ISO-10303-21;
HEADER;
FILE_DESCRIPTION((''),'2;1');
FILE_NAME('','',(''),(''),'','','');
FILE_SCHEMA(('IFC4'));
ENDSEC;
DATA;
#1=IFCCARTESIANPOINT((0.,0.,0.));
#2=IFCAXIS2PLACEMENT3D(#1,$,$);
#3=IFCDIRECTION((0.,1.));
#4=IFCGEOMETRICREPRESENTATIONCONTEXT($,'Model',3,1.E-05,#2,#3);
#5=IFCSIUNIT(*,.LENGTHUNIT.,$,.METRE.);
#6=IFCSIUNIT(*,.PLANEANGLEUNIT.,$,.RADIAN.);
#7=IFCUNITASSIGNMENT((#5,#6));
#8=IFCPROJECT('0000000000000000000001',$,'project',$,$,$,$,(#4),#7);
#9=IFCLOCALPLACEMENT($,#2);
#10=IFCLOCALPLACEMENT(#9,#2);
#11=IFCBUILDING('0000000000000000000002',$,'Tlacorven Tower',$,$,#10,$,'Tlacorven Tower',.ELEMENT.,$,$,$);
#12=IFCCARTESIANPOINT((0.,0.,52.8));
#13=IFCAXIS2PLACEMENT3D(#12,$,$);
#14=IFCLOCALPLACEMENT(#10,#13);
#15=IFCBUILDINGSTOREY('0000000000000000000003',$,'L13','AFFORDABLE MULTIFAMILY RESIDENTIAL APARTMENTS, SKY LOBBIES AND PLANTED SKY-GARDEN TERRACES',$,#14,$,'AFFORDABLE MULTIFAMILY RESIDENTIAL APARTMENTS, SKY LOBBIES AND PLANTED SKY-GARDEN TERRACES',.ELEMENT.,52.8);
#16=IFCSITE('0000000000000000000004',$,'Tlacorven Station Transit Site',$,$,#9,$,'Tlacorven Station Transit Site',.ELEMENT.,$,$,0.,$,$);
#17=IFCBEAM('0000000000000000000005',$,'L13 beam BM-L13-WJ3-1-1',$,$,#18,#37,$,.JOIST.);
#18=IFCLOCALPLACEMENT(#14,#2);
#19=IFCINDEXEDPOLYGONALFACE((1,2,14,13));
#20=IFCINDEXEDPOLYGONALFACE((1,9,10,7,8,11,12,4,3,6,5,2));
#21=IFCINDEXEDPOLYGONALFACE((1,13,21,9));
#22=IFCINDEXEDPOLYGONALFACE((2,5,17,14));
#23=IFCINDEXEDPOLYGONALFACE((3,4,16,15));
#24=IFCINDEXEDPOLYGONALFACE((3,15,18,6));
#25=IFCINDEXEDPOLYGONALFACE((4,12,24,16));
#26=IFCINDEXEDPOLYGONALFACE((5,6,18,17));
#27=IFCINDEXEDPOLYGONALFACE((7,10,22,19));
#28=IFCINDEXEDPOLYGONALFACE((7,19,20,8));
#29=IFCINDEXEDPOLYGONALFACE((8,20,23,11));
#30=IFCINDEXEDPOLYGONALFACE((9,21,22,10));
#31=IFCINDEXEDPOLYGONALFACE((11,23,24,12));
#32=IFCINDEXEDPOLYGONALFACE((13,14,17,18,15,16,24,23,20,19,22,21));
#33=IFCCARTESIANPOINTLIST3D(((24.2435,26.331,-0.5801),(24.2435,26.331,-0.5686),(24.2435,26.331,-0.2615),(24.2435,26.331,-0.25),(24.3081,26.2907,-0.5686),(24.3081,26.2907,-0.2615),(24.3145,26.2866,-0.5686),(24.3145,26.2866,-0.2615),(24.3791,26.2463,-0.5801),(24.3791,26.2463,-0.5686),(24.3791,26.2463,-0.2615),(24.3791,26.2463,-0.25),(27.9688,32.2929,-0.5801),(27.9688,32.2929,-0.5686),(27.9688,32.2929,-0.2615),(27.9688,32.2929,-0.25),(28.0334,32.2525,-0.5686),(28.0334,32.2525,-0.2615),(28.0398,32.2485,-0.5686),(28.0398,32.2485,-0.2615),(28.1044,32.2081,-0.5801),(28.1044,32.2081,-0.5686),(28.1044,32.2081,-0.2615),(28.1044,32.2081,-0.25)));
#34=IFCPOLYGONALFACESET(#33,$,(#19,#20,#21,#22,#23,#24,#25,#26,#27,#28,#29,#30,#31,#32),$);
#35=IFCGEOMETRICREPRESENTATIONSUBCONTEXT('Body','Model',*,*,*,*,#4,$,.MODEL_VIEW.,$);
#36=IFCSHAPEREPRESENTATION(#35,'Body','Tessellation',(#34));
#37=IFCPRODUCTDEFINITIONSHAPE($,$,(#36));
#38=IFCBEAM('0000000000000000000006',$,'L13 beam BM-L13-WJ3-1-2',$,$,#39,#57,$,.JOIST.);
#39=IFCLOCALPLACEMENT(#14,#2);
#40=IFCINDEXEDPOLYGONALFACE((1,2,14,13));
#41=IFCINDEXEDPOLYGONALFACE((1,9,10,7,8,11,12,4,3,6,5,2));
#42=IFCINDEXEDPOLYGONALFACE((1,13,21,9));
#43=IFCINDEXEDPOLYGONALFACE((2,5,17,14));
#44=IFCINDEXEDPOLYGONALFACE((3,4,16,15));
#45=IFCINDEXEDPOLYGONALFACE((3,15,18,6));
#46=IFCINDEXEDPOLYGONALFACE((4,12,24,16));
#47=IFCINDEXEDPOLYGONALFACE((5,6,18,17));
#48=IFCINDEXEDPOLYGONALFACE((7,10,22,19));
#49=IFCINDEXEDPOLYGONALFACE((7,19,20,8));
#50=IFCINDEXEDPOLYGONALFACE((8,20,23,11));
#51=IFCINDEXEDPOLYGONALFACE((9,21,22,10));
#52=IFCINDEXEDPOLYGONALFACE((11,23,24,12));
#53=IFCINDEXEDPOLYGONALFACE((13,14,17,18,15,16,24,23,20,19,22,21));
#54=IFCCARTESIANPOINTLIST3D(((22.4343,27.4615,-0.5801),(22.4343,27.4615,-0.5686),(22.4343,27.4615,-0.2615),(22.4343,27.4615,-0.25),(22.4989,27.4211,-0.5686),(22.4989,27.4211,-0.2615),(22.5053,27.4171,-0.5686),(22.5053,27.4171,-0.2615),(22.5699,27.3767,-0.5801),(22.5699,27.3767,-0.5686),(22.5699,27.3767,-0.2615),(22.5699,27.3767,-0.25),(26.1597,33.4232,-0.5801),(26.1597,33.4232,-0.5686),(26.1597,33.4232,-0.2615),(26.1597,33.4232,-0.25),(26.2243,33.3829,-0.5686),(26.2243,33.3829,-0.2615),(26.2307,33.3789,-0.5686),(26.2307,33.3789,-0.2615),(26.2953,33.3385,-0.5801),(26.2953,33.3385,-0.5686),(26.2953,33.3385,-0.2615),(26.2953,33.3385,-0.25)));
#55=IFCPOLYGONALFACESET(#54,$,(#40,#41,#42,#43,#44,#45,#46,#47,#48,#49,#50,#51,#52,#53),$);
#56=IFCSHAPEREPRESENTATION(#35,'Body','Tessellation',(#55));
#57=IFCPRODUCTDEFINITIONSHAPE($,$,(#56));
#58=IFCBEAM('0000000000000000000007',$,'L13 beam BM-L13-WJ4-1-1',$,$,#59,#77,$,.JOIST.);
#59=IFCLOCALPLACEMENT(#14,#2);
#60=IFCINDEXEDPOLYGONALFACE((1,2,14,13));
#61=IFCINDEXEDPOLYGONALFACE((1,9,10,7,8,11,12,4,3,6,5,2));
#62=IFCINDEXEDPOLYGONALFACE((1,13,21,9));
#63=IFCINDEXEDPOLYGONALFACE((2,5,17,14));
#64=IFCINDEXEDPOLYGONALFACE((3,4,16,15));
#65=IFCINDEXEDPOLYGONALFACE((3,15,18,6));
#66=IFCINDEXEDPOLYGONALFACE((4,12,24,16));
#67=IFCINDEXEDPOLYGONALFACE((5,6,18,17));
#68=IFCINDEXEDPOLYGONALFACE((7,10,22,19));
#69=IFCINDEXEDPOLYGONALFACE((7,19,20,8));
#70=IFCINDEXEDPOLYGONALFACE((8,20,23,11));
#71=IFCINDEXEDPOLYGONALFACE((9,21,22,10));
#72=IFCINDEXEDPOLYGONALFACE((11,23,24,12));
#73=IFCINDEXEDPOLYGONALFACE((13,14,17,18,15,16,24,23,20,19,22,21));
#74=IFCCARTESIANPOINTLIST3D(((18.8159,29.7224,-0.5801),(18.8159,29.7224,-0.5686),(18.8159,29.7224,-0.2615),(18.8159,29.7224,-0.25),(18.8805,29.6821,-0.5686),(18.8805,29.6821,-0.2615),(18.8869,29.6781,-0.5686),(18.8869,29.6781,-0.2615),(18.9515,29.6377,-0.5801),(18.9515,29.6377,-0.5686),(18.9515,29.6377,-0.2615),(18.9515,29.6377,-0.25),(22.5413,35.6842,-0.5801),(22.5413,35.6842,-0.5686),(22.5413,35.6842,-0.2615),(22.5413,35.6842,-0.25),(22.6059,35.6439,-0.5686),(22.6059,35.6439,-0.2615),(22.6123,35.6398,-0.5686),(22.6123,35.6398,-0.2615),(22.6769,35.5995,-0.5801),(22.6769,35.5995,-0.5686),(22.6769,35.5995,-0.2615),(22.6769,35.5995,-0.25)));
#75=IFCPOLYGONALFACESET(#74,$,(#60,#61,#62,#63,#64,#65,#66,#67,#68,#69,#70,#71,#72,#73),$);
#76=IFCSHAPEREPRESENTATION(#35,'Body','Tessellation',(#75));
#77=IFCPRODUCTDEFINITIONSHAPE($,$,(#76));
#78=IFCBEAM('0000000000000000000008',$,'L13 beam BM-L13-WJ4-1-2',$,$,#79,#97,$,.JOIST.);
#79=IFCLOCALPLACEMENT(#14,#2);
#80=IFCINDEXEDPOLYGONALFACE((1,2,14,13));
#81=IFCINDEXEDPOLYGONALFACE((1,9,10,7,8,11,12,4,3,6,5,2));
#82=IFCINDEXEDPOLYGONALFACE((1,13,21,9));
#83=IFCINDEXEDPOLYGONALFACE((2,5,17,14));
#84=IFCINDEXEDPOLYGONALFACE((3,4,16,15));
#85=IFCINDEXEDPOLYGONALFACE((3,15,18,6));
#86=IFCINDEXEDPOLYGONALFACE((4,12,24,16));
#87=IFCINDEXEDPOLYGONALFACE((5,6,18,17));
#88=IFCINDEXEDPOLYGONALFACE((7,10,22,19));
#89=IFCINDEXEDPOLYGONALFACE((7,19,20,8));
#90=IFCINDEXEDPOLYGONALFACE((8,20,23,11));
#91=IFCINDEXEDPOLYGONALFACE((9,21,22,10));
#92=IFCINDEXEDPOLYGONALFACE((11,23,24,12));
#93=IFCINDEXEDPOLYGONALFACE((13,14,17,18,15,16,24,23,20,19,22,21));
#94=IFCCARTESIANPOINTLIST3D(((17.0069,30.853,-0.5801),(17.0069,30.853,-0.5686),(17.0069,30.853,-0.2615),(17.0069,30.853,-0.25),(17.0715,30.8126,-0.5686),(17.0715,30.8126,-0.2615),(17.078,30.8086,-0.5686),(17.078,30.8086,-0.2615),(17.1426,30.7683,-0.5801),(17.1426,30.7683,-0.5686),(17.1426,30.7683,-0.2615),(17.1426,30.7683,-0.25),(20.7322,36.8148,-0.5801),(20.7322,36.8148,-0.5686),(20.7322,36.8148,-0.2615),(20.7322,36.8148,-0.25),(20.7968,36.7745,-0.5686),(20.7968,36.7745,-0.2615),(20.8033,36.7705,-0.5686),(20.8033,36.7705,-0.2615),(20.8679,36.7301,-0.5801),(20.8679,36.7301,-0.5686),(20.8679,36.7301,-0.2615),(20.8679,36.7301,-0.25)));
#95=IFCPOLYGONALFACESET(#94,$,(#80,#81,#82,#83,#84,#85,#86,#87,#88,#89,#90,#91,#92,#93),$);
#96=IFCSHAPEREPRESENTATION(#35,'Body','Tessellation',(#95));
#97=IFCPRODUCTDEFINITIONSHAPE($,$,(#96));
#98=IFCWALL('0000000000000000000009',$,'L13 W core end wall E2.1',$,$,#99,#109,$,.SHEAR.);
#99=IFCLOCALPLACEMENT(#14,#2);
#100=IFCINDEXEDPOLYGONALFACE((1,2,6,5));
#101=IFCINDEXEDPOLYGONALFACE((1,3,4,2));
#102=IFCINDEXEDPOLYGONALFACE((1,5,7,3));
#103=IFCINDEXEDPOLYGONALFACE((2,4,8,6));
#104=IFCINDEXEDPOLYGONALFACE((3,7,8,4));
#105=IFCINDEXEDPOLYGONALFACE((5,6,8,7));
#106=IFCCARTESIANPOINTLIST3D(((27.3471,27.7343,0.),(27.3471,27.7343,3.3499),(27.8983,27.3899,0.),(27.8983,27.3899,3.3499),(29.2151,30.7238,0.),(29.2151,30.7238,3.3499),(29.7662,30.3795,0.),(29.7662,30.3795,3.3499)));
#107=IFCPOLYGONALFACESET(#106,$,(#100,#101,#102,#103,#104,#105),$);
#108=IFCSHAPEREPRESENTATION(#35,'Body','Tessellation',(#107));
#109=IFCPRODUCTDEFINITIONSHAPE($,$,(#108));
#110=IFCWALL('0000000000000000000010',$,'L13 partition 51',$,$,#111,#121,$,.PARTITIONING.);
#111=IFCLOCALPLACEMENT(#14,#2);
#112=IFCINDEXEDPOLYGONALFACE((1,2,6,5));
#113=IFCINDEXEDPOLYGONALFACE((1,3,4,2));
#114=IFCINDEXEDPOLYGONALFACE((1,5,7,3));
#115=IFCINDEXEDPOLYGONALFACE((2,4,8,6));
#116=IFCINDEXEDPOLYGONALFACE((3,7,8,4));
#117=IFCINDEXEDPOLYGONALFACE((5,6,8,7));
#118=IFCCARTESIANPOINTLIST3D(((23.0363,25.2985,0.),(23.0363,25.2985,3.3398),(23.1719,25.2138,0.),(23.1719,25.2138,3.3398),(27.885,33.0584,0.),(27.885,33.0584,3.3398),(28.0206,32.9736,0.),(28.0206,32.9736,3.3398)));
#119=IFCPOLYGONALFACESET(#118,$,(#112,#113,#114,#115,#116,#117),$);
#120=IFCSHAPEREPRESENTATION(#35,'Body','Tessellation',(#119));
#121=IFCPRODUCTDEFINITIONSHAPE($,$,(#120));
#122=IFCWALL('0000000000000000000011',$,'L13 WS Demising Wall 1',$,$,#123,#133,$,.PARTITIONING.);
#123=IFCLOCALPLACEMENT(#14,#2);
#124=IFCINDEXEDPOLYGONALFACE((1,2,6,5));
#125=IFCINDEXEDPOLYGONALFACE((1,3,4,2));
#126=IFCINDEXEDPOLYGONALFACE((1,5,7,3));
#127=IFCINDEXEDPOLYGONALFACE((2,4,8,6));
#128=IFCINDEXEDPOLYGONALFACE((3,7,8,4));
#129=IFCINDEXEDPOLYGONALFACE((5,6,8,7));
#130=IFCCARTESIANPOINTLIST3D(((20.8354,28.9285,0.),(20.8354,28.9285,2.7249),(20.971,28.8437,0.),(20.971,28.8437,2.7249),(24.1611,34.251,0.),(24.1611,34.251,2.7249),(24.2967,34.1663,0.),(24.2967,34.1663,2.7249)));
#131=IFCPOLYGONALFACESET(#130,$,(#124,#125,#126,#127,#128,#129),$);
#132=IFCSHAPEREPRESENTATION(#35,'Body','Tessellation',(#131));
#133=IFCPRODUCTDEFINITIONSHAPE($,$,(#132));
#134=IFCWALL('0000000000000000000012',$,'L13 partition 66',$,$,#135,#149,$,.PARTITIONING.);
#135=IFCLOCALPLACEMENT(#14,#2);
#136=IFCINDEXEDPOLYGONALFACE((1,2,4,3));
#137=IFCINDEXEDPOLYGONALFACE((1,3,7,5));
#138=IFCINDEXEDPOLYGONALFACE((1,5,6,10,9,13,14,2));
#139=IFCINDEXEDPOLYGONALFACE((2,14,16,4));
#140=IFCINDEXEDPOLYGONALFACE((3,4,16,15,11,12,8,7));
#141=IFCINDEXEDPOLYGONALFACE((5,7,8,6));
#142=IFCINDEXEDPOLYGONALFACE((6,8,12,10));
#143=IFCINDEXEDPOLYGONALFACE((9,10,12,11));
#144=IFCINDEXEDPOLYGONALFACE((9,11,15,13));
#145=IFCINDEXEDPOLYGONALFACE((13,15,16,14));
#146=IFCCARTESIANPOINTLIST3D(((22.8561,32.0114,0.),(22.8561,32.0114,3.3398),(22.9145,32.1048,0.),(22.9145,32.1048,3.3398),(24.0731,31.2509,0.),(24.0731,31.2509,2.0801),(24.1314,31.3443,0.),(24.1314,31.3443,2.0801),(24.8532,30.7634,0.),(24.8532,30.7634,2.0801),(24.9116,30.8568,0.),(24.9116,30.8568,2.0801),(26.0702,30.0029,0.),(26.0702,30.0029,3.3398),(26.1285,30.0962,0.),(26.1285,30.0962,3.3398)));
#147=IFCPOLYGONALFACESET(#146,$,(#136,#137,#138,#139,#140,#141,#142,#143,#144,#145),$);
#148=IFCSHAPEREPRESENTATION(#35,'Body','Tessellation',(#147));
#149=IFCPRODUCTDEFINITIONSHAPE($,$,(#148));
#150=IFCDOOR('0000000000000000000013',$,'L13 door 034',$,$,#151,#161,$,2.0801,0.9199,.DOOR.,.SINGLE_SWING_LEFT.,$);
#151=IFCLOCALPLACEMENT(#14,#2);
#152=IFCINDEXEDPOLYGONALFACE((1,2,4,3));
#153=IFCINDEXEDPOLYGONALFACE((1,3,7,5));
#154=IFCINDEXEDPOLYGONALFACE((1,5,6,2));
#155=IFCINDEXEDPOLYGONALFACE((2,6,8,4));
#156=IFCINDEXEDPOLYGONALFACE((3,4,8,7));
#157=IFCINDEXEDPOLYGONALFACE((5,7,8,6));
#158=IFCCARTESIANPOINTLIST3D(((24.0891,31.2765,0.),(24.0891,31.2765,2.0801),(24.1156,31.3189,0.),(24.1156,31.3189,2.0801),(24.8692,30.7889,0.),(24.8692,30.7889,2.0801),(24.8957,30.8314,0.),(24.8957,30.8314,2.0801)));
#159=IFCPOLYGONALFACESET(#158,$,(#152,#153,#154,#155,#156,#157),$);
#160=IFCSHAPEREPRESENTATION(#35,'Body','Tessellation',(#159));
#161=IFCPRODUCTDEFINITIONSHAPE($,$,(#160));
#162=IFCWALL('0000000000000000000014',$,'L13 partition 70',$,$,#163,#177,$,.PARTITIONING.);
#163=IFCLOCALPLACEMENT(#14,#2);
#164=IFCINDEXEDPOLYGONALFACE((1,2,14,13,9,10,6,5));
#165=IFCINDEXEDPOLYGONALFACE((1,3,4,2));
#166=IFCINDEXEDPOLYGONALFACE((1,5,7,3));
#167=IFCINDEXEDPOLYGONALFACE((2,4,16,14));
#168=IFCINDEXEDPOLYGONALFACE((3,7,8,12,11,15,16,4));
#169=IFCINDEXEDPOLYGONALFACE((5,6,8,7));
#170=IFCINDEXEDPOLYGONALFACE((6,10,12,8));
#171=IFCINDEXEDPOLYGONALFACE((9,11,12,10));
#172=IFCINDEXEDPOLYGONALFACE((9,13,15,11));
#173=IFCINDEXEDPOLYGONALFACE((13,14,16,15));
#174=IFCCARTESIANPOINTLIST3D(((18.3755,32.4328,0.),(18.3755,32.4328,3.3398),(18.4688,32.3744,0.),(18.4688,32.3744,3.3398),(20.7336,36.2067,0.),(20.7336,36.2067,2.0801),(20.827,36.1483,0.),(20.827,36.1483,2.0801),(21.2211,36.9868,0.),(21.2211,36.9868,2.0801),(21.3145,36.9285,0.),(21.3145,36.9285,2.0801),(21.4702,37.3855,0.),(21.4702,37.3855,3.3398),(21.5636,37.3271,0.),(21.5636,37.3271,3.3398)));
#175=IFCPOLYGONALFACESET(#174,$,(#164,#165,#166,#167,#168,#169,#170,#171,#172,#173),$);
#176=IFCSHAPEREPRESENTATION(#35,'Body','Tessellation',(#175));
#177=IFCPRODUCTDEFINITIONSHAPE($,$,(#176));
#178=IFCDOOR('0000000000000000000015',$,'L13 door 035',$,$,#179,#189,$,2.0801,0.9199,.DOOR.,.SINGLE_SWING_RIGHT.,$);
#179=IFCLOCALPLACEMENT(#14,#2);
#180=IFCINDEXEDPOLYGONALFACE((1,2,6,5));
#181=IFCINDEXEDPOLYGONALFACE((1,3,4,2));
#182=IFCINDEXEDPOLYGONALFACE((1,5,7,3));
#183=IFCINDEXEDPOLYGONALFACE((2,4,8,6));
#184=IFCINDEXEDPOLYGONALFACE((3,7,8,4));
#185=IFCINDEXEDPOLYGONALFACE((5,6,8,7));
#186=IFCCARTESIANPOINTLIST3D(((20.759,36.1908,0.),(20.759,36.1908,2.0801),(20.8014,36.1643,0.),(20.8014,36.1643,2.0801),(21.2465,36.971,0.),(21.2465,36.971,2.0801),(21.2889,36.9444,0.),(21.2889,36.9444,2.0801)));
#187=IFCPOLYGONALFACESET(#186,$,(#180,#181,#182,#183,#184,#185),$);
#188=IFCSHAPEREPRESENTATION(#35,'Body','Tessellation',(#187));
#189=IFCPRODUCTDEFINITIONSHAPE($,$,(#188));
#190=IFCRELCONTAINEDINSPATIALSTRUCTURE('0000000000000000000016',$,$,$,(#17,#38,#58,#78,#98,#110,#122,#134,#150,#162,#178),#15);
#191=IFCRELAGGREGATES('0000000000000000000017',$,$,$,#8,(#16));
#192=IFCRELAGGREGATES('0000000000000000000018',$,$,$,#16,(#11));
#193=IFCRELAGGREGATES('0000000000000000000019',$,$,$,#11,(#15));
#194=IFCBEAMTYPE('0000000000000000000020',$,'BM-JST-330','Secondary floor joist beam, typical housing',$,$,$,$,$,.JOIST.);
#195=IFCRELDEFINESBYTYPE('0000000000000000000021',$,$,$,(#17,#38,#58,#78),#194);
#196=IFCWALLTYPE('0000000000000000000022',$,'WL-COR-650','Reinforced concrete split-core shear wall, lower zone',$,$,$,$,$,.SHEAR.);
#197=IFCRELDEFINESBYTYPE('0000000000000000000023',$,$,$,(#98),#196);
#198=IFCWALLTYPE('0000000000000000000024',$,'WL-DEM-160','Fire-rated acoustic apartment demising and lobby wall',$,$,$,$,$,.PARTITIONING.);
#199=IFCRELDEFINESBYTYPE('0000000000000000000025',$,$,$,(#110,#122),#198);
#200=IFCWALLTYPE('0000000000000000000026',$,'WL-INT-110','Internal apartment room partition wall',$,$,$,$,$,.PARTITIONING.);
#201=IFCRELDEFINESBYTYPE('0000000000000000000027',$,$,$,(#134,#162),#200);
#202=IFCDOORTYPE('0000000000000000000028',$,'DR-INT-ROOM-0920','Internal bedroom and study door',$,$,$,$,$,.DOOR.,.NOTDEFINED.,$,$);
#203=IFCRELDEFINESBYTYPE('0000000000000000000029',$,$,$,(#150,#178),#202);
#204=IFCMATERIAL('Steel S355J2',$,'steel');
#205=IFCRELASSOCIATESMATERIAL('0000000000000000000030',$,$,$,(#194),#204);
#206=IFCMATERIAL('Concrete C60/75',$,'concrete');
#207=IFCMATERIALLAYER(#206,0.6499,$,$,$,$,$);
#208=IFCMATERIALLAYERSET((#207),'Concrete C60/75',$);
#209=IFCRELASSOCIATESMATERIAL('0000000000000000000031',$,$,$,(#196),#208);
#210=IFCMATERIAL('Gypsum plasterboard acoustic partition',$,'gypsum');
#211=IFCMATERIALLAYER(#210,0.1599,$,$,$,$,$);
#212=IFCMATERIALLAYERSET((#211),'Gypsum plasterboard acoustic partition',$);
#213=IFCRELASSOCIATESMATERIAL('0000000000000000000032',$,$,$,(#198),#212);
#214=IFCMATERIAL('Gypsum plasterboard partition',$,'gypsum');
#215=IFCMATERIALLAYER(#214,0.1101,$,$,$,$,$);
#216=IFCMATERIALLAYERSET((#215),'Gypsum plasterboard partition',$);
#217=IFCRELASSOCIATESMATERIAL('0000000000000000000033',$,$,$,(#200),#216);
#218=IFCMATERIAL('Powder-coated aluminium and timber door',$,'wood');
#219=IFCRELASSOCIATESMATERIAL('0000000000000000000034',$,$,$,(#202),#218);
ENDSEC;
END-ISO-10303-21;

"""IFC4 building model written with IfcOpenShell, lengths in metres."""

from ifc_helpers import new_model, si_unit, direction, frame, frame_2d, origin, origin_2d, place, context, subcontext, project, spatial, rectangle, i_section, extrude, source, transform, mapped, material, layer, layer_set, material_profile, profile_set, type_object, element, fill, save


model = new_model("IFC4")

# Units and contexts
model_context = context("Model", 3, precision=1e-05, world=origin(), true_north=direction((0.0, 1.0)))
body_context = subcontext(model_context, "Body", "Model", "MODEL_VIEW")
ifc_project = project(units=[si_unit("LENGTHUNIT", "METRE"), si_unit("PLANEANGLEUNIT", "RADIAN")], contexts=[model_context])

# Site, building, storey
site_placement = place(None, origin())
site = spatial("IfcSite", under=ifc_project, at=site_placement, Name="Tlacorven Station Transit Site", LongName="Tlacorven Station Transit Site", CompositionType="ELEMENT", RefElevation=0.0)
building_placement = place(site_placement, origin())
building = spatial("IfcBuilding", under=site, at=building_placement, Name="Tlacorven Tower", LongName="Tlacorven Tower", CompositionType="ELEMENT")
storey_placement = place(building_placement, frame((0.0, 0.0, 52.8)))
storey = spatial("IfcBuildingStorey", under=building, at=storey_placement, Name="L13", Description="AFFORDABLE MULTIFAMILY RESIDENTIAL APARTMENTS, SKY LOBBIES AND PLANTED SKY-GARDEN TERRACES", LongName="AFFORDABLE MULTIFAMILY RESIDENTIAL APARTMENTS, SKY LOBBIES AND PLANTED SKY-GARDEN TERRACES", CompositionType="ELEMENT", Elevation=52.8)

# Beams
ifc_material_1 = material(Name="Steel S355J2", Category="steel")
ifc_material_profile_1 = material_profile(ifc_material_1, i_section(OverallWidth=0.1599, OverallDepth=0.3301, WebThickness=0.0076, FlangeThickness=0.0115, at=origin_2d()), Name="IPE 330")
ifc_profile_set_1 = profile_set([ifc_material_profile_1], Name="Steel S355J2")
beam_type_1 = type_object("IfcBeamType", Name="BM-JST-330", Description="Secondary floor joist beam, typical housing", PredefinedType="JOIST", material=ifc_profile_set_1)
shared_shape_1 = source(origin(), body_context, "Body", "SweptSolid", [
    extrude(i_section(OverallWidth=0.1599, OverallDepth=0.3301, WebThickness=0.0076, FlangeThickness=0.0115, at=origin_2d()), origin(), (0.0, 0.0, 1.0), 7.03),
])
for number, where, z_axis, x_axis, name in (
    (1, (28.0366, 32.2505, -0.415), (-0.529912, -0.848053, 0.0), (0.848053, -0.529912, 0.0), "L13 beam BM-L13-WJ3-1-1"),
    (2, (26.2275, 33.3809, -0.415), (-0.529927, -0.848043, 0.0), (0.848043, -0.529927, 0.0), "L13 beam BM-L13-WJ3-1-2"),
    (3, (22.6091, 35.6418, -0.415), (-0.529927, -0.848043, 0.0), (0.848043, -0.529927, 0.0), "L13 beam BM-L13-WJ4-1-1"),
    (4, (20.8, 36.7725, -0.415), (-0.529912, -0.848053, 0.0), (0.848053, -0.529912, 0.0), "L13 beam BM-L13-WJ4-1-2"),
):
    element("IfcBeam", number, at=place(storey_placement, frame(where, z_axis=z_axis, x_axis=x_axis)), inside=storey, type_object=beam_type_1, Name=name, PredefinedType="JOIST", context=body_context, shape_type="MappedRepresentation", body=[
        mapped(shared_shape_1, transform((0.0, 0.0, 0.0), scale=1.0)),
    ])

# Walls
ifc_material_2 = material(Name="Concrete C60/75", Category="concrete")
ifc_layer_1 = layer(ifc_material_2, 0.6499)
ifc_layer_set_1 = layer_set([ifc_layer_1], Name="Concrete C60/75")
wall_type_1 = type_object("IfcWallType", Name="WL-COR-650", Description="Reinforced concrete split-core shear wall, lower zone", PredefinedType="SHEAR", material=ifc_layer_set_1)
wall_1_placement = place(storey_placement, frame((29.4907, 30.5518, 0.0), z_axis=(0.0, 0.0, 1.0), x_axis=(-0.529893, -0.848064, 0.0)))
element("IfcWall", 5, at=wall_1_placement, inside=storey, type_object=wall_type_1, Name="L13 W core end wall E2.1", PredefinedType="SHEAR", context=body_context, shape_type="SweptSolid", body=[
    extrude(rectangle(XDim=3.5251, YDim=0.6499, at=frame_2d((1.7627, 0.0))), origin(), (0.0, 0.0, 1.0), 3.3499),
])
ifc_material_3 = material(Name="Gypsum plasterboard acoustic partition", Category="gypsum")
ifc_layer_2 = layer(ifc_material_3, 0.1599)
ifc_layer_set_2 = layer_set([ifc_layer_2], Name="Gypsum plasterboard acoustic partition")
wall_type_2 = type_object("IfcWallType", Name="WL-DEM-160", Description="Fire-rated acoustic apartment demising and lobby wall", PredefinedType="PARTITIONING", material=ifc_layer_set_2)
wall_2_placement = place(storey_placement, frame((27.9529, 33.0161, 0.0), z_axis=(0.0, 0.0, 1.0), x_axis=(-0.529903, -0.848058, 0.0)))
element("IfcWall", 6, at=wall_2_placement, inside=storey, type_object=wall_type_2, Name="L13 partition 51", PredefinedType="PARTITIONING", context=body_context, shape_type="SweptSolid", body=[
    extrude(rectangle(XDim=9.1501, YDim=0.1599, at=frame_2d((4.5752, 0.0))), origin(), (0.0, 0.0, 1.0), 3.3398),
])
wall_3_placement = place(storey_placement, frame((24.229, 34.2087, 0.0), z_axis=(0.0, 0.0, 1.0), x_axis=(-0.529898, -0.848062, 0.0)))
element("IfcWall", 7, at=wall_3_placement, inside=storey, type_object=wall_type_2, Name="L13 WS Demising Wall 1", PredefinedType="PARTITIONING", context=body_context, shape_type="SweptSolid", body=[
    extrude(rectangle(XDim=6.2761, YDim=0.1599, at=frame_2d((3.1382, 0.0))), origin(), (0.0, 0.0, 1.0), 2.7249),
])

# Walls, openings, doors
ifc_material_4 = material(Name="Gypsum plasterboard partition", Category="gypsum")
ifc_layer_3 = layer(ifc_material_4, 0.1101)
ifc_layer_set_3 = layer_set([ifc_layer_3], Name="Gypsum plasterboard partition")
wall_type_3 = type_object("IfcWallType", Name="WL-INT-110", Description="Internal apartment room partition wall", PredefinedType="PARTITIONING", material=ifc_layer_set_3)
wall_4_placement = place(storey_placement, frame((26.0994, 30.0496, 0.0), z_axis=(0.0, 0.0, 1.0), x_axis=(-0.848031, 0.529947, 0.0)))
wall_4 = element("IfcWall", 8, at=wall_4_placement, inside=storey, type_object=wall_type_3, Name="L13 partition 66", PredefinedType="PARTITIONING", context=body_context, shape_type="SweptSolid", body=[
    extrude(rectangle(XDim=3.79, YDim=0.1101, at=frame_2d((1.895, 0.0))), origin(), (0.0, 0.0, 1.0), 3.3398),
])
opening_1_placement = place(wall_4_placement, frame((1.4351, 0.0, 0.0)))
opening_1 = element("IfcOpeningElement", 9, at=opening_1_placement, cuts=wall_4, PredefinedType="OPENING", context=body_context, shape_type="SweptSolid", body=[
    extrude(rectangle(XDim=0.9199, YDim=2.0801, at=frame_2d((0.46, 1.04))), frame((0.0, 0.0649, 0.0), z_axis=(0.0, -1.0, 0.0), x_axis=(1.0, 0.0, 0.0)), (0.0, 0.0, 1.0), 0.1301),
])
ifc_material_5 = material(Name="Powder-coated aluminium and timber door", Category="wood")
door_type_1 = type_object("IfcDoorType", Name="DR-INT-ROOM-0920", Description="Internal bedroom and study door", OperationType="NOTDEFINED", PredefinedType="DOOR", material=ifc_material_5)
shared_shape_2 = source(origin(), body_context, "Body", "SweptSolid", [
    extrude(rectangle(XDim=0.9199, YDim=2.0801, at=frame_2d((0.46, 1.04))), frame((0.0, 0.0249, 0.0), z_axis=(0.0, -1.0, 0.0), x_axis=(1.0, 0.0, 0.0)), (0.0, 0.0, 1.0), 0.05),
])
door_1_placement = place(opening_1_placement, origin())
door_1 = element("IfcDoor", 10, at=door_1_placement, inside=storey, type_object=door_type_1, Name="L13 door 034", OperationType="SINGLE_SWING_LEFT", OverallHeight=2.0801, OverallWidth=0.9199, PredefinedType="DOOR", context=body_context, shape_type="MappedRepresentation", body=[
    mapped(shared_shape_2, transform((0.0, 0.0, 0.0), scale=1.0)),
])
fill(opening_1, door_1)
wall_5_placement = place(storey_placement, frame((21.5168, 37.3562, 0.0), z_axis=(0.0, 0.0, 1.0), x_axis=(-0.529916, -0.84805, 0.0)))
wall_5 = element("IfcWall", 11, at=wall_5_placement, inside=storey, type_object=wall_type_3, Name="L13 partition 70", PredefinedType="PARTITIONING", context=body_context, shape_type="SweptSolid", body=[
    extrude(rectangle(XDim=5.8401, YDim=0.1101, at=frame_2d((2.9199, 0.0))), origin(), (0.0, 0.0, 1.0), 3.3398),
])
opening_2_placement = place(wall_5_placement, frame((0.47, 0.0, 0.0)))
opening_2 = element("IfcOpeningElement", 12, at=opening_2_placement, cuts=wall_5, PredefinedType="OPENING", context=body_context, shape_type="SweptSolid", body=[
    extrude(rectangle(XDim=0.9199, YDim=2.0801, at=frame_2d((0.46, 1.04))), frame((0.0, 0.0649, 0.0), z_axis=(0.0, -1.0, 0.0), x_axis=(1.0, 0.0, 0.0)), (0.0, 0.0, 1.0), 0.1301),
])
door_2_placement = place(opening_2_placement, origin())
door_2 = element("IfcDoor", 13, at=door_2_placement, inside=storey, type_object=door_type_1, Name="L13 door 035", OperationType="SINGLE_SWING_RIGHT", OverallHeight=2.0801, OverallWidth=0.9199, PredefinedType="DOOR", context=body_context, shape_type="MappedRepresentation", body=[
    mapped(shared_shape_2, transform((0.0, 0.0, 0.0), scale=1.0)),
])
fill(opening_2, door_2)

save(model, "model.ifc")
